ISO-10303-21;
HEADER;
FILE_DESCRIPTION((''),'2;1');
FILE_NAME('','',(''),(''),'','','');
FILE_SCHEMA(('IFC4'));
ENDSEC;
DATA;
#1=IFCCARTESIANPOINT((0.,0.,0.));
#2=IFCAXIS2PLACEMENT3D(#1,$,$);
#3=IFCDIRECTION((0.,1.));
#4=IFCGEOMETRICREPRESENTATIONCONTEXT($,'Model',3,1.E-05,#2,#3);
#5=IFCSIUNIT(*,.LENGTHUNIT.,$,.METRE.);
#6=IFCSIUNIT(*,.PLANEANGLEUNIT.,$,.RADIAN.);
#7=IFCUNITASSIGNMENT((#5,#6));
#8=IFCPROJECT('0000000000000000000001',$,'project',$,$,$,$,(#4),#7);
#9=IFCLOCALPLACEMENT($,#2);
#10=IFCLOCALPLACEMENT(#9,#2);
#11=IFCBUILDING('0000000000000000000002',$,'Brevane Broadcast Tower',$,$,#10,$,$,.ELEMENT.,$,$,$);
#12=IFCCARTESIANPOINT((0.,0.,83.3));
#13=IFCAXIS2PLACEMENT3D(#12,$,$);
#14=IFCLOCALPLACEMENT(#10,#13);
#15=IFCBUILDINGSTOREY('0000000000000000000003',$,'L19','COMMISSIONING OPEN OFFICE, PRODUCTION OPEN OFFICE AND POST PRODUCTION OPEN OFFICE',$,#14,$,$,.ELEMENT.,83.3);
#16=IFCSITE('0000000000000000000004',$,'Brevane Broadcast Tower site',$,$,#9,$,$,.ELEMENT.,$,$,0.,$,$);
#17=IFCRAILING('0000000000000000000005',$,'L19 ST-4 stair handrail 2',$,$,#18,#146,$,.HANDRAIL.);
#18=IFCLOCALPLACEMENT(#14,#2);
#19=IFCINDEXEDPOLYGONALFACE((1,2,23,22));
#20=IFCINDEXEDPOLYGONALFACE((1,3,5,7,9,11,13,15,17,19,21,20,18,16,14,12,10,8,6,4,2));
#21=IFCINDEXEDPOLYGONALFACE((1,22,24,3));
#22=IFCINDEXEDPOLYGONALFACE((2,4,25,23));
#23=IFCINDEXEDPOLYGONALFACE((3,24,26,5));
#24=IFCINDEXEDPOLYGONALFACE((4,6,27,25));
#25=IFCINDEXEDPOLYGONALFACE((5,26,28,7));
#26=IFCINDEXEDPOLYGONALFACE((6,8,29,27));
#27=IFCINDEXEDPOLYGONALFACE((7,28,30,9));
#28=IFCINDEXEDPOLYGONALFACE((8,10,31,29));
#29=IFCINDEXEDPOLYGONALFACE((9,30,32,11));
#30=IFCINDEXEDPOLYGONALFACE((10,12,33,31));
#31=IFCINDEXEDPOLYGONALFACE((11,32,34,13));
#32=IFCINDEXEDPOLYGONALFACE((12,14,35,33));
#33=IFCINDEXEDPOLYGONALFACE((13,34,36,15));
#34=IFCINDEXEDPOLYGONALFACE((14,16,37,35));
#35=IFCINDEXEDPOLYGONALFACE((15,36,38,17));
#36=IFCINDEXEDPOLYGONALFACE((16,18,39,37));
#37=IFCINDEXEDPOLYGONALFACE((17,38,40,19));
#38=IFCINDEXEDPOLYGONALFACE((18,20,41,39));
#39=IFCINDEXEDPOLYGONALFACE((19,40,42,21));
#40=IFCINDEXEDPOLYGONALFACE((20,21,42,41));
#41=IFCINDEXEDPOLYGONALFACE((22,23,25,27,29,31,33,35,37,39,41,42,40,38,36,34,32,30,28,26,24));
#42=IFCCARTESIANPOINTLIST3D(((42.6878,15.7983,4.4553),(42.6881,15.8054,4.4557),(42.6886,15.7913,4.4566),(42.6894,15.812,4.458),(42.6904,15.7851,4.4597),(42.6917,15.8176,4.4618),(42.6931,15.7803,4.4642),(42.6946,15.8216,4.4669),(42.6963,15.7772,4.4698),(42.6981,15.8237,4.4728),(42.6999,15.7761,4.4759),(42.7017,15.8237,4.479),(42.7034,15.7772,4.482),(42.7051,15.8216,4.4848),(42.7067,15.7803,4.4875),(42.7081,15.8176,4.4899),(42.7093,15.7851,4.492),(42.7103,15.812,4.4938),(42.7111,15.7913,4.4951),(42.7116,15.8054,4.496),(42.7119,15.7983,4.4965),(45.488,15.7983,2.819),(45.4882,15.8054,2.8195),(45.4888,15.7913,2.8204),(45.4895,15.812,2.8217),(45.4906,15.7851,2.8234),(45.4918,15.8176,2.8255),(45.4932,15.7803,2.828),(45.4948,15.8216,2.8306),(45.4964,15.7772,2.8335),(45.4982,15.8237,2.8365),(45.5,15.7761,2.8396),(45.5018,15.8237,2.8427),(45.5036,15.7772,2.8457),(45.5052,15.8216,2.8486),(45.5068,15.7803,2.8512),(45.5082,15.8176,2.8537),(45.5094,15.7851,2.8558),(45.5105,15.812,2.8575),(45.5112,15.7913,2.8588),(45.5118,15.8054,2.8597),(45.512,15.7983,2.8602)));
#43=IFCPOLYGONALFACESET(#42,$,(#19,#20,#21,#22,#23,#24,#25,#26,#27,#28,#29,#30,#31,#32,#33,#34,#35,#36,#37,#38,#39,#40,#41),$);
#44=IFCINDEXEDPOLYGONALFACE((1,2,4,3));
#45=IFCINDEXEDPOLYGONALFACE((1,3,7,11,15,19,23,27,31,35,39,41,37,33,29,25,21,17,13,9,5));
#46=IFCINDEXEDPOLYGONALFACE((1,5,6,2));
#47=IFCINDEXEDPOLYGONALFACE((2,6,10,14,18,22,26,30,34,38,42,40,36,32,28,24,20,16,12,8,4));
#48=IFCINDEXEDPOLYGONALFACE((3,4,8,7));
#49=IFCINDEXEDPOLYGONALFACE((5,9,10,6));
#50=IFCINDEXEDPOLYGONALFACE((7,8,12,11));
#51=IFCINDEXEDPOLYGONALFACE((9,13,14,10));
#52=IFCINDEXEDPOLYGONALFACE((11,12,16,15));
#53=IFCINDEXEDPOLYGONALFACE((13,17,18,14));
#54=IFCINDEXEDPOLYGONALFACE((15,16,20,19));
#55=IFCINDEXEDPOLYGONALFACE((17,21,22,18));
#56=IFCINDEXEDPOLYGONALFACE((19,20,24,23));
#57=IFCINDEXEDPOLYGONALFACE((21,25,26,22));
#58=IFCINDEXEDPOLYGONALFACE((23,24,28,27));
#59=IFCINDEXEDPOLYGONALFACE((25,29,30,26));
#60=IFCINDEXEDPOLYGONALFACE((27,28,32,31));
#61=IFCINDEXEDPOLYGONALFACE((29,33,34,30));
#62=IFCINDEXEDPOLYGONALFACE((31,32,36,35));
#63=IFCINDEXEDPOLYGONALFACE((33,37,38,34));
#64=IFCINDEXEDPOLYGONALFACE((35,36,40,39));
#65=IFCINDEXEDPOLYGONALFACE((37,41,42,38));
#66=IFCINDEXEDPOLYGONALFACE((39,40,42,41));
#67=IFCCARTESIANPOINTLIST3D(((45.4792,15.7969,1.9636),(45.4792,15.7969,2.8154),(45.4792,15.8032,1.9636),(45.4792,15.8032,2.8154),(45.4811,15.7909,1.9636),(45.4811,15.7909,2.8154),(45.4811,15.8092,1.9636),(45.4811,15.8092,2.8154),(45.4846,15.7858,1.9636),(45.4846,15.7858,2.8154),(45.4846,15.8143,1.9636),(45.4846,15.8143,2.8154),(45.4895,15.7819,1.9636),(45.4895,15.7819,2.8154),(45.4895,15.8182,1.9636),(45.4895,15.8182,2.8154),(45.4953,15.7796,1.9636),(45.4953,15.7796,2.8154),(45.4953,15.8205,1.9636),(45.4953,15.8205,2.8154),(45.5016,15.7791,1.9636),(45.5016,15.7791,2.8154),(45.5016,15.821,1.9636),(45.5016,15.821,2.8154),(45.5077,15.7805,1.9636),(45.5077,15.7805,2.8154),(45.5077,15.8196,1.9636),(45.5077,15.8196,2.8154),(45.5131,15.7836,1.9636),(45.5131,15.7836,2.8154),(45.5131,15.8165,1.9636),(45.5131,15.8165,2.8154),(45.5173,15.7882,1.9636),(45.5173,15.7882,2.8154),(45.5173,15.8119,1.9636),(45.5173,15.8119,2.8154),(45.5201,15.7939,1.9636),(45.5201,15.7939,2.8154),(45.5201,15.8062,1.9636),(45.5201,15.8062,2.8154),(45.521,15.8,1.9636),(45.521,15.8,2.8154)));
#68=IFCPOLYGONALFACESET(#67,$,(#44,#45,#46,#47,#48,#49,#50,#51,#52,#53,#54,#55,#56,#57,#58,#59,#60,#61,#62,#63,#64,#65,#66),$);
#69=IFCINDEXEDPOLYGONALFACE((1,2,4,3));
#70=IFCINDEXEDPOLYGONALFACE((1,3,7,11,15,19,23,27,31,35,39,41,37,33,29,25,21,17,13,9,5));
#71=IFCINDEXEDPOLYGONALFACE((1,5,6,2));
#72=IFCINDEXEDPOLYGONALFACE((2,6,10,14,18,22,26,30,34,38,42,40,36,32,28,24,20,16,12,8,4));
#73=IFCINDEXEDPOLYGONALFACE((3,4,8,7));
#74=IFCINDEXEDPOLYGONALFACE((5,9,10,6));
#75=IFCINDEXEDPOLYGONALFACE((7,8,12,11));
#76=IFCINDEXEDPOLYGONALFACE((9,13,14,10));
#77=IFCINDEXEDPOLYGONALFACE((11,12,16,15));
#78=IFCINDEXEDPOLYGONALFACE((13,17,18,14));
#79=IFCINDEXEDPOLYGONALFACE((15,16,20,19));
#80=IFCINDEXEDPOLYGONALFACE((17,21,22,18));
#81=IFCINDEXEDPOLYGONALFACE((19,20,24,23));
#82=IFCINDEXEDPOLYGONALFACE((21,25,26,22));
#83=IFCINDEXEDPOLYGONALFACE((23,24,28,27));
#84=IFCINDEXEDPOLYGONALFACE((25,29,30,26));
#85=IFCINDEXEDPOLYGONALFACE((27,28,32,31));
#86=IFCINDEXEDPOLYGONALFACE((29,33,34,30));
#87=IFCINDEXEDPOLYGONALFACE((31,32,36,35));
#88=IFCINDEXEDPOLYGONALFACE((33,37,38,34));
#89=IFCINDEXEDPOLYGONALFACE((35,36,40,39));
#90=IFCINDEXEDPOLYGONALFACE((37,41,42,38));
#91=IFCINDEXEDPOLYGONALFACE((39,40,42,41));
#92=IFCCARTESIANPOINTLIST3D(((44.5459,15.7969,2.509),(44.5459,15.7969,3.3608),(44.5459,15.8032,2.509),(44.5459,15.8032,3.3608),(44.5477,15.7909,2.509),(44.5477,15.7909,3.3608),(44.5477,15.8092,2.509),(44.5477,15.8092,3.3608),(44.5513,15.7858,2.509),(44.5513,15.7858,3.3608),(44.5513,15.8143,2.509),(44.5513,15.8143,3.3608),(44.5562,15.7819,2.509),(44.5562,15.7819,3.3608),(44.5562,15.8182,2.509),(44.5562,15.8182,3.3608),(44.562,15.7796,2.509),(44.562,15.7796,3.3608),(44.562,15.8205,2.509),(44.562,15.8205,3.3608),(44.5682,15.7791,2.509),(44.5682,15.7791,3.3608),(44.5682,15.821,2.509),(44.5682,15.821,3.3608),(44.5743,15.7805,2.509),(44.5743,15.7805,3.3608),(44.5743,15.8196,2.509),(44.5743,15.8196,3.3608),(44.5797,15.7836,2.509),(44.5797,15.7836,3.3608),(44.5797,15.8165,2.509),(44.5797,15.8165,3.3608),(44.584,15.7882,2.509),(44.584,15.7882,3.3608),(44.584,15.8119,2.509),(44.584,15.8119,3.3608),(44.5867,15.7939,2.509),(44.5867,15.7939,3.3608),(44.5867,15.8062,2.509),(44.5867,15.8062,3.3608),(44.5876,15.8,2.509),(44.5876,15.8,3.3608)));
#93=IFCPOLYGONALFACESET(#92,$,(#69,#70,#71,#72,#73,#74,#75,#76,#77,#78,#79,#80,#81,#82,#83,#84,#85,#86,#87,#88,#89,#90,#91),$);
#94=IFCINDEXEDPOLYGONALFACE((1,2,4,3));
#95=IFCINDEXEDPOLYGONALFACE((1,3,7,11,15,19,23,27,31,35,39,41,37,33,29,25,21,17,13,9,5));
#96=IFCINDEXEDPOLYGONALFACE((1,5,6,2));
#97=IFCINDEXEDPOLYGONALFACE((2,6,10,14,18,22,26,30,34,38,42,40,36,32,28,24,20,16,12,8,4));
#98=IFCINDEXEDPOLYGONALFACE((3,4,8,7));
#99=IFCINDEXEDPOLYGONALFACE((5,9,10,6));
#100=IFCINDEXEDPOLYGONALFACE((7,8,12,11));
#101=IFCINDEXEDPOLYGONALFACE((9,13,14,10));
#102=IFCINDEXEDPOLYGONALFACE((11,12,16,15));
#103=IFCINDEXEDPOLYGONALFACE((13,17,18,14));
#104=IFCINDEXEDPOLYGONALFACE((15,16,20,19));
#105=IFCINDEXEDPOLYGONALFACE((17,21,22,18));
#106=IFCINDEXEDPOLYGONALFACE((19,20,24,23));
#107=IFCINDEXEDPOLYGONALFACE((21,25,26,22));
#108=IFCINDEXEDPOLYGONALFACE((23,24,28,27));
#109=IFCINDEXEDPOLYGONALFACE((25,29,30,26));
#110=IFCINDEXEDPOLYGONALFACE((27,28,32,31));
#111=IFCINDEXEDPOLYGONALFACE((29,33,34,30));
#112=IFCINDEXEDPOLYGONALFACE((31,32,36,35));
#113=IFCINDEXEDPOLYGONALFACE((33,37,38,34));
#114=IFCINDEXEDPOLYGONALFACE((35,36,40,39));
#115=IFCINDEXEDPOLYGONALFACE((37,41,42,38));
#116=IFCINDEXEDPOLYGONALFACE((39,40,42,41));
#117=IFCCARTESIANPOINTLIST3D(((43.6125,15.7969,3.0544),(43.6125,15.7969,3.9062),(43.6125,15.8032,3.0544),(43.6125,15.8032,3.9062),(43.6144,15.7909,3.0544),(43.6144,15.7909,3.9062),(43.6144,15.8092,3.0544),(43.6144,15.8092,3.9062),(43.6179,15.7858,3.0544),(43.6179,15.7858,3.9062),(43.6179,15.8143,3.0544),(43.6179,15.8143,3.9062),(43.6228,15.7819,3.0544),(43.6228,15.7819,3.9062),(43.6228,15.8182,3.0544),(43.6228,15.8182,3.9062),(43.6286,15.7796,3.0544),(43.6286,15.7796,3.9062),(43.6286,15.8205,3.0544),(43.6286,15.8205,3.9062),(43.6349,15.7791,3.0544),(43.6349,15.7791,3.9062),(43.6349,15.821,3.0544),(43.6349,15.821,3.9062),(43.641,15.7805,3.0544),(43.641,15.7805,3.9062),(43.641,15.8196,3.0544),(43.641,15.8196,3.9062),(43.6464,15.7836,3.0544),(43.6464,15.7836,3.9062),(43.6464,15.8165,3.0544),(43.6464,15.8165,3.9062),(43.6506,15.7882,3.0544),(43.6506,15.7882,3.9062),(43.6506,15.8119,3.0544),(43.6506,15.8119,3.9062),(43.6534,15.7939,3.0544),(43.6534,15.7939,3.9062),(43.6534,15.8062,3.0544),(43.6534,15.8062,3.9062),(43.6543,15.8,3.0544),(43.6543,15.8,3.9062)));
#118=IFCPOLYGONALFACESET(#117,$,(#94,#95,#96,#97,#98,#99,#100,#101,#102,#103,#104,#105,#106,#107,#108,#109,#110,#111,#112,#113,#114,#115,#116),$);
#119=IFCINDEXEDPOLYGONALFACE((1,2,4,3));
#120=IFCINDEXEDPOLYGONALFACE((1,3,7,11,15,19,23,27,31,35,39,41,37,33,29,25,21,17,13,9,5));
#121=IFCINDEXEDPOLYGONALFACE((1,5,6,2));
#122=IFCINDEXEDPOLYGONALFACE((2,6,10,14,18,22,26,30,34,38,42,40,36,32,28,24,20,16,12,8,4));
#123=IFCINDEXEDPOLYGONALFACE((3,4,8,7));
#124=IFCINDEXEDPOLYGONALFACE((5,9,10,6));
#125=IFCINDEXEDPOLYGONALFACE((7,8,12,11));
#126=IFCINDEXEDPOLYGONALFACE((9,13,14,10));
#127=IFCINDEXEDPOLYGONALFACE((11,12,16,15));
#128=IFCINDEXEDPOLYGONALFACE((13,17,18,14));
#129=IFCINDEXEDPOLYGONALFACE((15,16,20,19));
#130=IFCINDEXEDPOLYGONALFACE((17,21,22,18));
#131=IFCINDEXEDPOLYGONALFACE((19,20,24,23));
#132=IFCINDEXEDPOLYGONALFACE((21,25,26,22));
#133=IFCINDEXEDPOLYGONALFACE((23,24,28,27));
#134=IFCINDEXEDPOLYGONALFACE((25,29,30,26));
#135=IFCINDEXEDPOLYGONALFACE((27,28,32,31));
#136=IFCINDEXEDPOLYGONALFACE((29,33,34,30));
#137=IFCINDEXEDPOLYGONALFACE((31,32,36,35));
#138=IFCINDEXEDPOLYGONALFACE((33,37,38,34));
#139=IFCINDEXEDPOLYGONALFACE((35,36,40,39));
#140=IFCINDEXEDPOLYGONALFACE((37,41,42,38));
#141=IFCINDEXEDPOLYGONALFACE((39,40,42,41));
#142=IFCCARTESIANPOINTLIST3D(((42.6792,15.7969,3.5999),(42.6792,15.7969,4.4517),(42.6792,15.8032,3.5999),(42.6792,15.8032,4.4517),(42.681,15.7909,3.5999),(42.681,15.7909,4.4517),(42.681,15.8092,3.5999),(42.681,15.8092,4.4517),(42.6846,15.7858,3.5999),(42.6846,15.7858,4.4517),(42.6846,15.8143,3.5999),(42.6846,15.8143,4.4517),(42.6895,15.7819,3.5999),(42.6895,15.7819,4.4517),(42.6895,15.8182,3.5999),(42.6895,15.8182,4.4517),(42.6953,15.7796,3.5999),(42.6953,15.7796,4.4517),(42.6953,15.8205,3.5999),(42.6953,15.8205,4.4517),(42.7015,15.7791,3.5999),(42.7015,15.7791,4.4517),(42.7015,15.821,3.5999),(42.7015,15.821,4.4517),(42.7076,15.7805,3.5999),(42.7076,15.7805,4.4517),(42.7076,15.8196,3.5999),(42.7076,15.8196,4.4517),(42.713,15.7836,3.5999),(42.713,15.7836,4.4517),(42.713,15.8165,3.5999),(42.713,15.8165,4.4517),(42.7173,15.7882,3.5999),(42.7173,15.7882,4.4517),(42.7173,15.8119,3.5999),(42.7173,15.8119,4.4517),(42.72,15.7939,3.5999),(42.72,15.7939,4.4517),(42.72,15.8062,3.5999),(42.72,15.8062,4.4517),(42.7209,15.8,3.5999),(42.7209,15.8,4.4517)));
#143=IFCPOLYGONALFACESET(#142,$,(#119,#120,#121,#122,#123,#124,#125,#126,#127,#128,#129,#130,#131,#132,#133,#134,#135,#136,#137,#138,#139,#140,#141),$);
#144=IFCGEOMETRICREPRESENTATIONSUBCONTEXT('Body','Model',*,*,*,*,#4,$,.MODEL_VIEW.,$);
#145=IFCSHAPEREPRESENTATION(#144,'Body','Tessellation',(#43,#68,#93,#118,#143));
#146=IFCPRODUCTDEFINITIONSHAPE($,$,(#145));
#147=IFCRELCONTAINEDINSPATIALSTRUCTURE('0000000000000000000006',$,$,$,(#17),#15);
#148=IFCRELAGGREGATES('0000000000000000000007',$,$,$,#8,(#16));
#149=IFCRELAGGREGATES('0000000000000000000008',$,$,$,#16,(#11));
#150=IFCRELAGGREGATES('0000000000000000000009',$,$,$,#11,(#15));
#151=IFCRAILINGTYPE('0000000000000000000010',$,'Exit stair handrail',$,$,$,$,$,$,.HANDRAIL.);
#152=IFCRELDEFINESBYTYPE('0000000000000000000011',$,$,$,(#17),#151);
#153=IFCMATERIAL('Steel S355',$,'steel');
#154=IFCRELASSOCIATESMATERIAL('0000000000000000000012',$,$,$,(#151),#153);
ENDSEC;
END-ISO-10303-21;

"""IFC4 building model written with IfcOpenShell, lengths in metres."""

from ifc_helpers import new_model, si_unit, direction, frame, origin, origin_2d, place, context, subcontext, project, spatial, circle, extrude, material, type_object, element, save


model = new_model("IFC4")

# Units and contexts
model_context = context("Model", 3, precision=1e-05, world=origin(), true_north=direction((0.0, 1.0)))
body_context = subcontext(model_context, "Body", "Model", "MODEL_VIEW")
ifc_project = project(units=[si_unit("LENGTHUNIT", "METRE"), si_unit("PLANEANGLEUNIT", "RADIAN")], contexts=[model_context])

# Site, building, storey
site_placement = place(None, origin())
site = spatial("IfcSite", under=ifc_project, at=site_placement, Name="Brevane Broadcast Tower site", CompositionType="ELEMENT", RefElevation=0.0)
building_placement = place(site_placement, origin())
building = spatial("IfcBuilding", under=site, at=building_placement, Name="Brevane Broadcast Tower", CompositionType="ELEMENT")
storey_placement = place(building_placement, frame((0.0, 0.0, 83.3)))
storey = spatial("IfcBuildingStorey", under=building, at=storey_placement, Name="L19", Description="COMMISSIONING OPEN OFFICE, PRODUCTION OPEN OFFICE AND POST PRODUCTION OPEN OFFICE", CompositionType="ELEMENT", Elevation=83.3)

# Railing
ifc_material_1 = material(Name="Steel S355", Category="steel")
railing_type_1 = type_object("IfcRailingType", Name="Exit stair handrail", PredefinedType="HANDRAIL", material=ifc_material_1)
railing_1_placement = place(storey_placement, frame((45.5, 15.8, 1.9636)))
element("IfcRailing", 1, at=railing_1_placement, inside=storey, type_object=railing_type_1, Name="L19 ST-4 stair handrail 2", PredefinedType="HANDRAIL", context=body_context, shape_type="SweptSolid", body=[
    extrude(circle(Radius=0.0239, at=origin_2d()), frame((0.0, 0.0, 0.876), z_axis=(-0.863394, 0.0, 0.504531), x_axis=(0.0, -1.0, 0.0)), (0.0, 0.0, 1.0), 3.2432),
    extrude(circle(Radius=0.021, at=origin_2d()), origin(), (0.0, 0.0, 1.0), 0.8518),
    extrude(circle(Radius=0.021, at=origin_2d()), frame((-0.9333, 0.0, 0.5454)), (0.0, 0.0, 1.0), 0.8518),
    extrude(circle(Radius=0.021, at=origin_2d()), frame((-1.8667, 0.0, 1.0908)), (0.0, 0.0, 1.0), 0.8518),
    extrude(circle(Radius=0.021, at=origin_2d()), frame((-2.8, 0.0, 1.6362)), (0.0, 0.0, 1.0), 0.8518),
])

save(model, "model.ifc")
